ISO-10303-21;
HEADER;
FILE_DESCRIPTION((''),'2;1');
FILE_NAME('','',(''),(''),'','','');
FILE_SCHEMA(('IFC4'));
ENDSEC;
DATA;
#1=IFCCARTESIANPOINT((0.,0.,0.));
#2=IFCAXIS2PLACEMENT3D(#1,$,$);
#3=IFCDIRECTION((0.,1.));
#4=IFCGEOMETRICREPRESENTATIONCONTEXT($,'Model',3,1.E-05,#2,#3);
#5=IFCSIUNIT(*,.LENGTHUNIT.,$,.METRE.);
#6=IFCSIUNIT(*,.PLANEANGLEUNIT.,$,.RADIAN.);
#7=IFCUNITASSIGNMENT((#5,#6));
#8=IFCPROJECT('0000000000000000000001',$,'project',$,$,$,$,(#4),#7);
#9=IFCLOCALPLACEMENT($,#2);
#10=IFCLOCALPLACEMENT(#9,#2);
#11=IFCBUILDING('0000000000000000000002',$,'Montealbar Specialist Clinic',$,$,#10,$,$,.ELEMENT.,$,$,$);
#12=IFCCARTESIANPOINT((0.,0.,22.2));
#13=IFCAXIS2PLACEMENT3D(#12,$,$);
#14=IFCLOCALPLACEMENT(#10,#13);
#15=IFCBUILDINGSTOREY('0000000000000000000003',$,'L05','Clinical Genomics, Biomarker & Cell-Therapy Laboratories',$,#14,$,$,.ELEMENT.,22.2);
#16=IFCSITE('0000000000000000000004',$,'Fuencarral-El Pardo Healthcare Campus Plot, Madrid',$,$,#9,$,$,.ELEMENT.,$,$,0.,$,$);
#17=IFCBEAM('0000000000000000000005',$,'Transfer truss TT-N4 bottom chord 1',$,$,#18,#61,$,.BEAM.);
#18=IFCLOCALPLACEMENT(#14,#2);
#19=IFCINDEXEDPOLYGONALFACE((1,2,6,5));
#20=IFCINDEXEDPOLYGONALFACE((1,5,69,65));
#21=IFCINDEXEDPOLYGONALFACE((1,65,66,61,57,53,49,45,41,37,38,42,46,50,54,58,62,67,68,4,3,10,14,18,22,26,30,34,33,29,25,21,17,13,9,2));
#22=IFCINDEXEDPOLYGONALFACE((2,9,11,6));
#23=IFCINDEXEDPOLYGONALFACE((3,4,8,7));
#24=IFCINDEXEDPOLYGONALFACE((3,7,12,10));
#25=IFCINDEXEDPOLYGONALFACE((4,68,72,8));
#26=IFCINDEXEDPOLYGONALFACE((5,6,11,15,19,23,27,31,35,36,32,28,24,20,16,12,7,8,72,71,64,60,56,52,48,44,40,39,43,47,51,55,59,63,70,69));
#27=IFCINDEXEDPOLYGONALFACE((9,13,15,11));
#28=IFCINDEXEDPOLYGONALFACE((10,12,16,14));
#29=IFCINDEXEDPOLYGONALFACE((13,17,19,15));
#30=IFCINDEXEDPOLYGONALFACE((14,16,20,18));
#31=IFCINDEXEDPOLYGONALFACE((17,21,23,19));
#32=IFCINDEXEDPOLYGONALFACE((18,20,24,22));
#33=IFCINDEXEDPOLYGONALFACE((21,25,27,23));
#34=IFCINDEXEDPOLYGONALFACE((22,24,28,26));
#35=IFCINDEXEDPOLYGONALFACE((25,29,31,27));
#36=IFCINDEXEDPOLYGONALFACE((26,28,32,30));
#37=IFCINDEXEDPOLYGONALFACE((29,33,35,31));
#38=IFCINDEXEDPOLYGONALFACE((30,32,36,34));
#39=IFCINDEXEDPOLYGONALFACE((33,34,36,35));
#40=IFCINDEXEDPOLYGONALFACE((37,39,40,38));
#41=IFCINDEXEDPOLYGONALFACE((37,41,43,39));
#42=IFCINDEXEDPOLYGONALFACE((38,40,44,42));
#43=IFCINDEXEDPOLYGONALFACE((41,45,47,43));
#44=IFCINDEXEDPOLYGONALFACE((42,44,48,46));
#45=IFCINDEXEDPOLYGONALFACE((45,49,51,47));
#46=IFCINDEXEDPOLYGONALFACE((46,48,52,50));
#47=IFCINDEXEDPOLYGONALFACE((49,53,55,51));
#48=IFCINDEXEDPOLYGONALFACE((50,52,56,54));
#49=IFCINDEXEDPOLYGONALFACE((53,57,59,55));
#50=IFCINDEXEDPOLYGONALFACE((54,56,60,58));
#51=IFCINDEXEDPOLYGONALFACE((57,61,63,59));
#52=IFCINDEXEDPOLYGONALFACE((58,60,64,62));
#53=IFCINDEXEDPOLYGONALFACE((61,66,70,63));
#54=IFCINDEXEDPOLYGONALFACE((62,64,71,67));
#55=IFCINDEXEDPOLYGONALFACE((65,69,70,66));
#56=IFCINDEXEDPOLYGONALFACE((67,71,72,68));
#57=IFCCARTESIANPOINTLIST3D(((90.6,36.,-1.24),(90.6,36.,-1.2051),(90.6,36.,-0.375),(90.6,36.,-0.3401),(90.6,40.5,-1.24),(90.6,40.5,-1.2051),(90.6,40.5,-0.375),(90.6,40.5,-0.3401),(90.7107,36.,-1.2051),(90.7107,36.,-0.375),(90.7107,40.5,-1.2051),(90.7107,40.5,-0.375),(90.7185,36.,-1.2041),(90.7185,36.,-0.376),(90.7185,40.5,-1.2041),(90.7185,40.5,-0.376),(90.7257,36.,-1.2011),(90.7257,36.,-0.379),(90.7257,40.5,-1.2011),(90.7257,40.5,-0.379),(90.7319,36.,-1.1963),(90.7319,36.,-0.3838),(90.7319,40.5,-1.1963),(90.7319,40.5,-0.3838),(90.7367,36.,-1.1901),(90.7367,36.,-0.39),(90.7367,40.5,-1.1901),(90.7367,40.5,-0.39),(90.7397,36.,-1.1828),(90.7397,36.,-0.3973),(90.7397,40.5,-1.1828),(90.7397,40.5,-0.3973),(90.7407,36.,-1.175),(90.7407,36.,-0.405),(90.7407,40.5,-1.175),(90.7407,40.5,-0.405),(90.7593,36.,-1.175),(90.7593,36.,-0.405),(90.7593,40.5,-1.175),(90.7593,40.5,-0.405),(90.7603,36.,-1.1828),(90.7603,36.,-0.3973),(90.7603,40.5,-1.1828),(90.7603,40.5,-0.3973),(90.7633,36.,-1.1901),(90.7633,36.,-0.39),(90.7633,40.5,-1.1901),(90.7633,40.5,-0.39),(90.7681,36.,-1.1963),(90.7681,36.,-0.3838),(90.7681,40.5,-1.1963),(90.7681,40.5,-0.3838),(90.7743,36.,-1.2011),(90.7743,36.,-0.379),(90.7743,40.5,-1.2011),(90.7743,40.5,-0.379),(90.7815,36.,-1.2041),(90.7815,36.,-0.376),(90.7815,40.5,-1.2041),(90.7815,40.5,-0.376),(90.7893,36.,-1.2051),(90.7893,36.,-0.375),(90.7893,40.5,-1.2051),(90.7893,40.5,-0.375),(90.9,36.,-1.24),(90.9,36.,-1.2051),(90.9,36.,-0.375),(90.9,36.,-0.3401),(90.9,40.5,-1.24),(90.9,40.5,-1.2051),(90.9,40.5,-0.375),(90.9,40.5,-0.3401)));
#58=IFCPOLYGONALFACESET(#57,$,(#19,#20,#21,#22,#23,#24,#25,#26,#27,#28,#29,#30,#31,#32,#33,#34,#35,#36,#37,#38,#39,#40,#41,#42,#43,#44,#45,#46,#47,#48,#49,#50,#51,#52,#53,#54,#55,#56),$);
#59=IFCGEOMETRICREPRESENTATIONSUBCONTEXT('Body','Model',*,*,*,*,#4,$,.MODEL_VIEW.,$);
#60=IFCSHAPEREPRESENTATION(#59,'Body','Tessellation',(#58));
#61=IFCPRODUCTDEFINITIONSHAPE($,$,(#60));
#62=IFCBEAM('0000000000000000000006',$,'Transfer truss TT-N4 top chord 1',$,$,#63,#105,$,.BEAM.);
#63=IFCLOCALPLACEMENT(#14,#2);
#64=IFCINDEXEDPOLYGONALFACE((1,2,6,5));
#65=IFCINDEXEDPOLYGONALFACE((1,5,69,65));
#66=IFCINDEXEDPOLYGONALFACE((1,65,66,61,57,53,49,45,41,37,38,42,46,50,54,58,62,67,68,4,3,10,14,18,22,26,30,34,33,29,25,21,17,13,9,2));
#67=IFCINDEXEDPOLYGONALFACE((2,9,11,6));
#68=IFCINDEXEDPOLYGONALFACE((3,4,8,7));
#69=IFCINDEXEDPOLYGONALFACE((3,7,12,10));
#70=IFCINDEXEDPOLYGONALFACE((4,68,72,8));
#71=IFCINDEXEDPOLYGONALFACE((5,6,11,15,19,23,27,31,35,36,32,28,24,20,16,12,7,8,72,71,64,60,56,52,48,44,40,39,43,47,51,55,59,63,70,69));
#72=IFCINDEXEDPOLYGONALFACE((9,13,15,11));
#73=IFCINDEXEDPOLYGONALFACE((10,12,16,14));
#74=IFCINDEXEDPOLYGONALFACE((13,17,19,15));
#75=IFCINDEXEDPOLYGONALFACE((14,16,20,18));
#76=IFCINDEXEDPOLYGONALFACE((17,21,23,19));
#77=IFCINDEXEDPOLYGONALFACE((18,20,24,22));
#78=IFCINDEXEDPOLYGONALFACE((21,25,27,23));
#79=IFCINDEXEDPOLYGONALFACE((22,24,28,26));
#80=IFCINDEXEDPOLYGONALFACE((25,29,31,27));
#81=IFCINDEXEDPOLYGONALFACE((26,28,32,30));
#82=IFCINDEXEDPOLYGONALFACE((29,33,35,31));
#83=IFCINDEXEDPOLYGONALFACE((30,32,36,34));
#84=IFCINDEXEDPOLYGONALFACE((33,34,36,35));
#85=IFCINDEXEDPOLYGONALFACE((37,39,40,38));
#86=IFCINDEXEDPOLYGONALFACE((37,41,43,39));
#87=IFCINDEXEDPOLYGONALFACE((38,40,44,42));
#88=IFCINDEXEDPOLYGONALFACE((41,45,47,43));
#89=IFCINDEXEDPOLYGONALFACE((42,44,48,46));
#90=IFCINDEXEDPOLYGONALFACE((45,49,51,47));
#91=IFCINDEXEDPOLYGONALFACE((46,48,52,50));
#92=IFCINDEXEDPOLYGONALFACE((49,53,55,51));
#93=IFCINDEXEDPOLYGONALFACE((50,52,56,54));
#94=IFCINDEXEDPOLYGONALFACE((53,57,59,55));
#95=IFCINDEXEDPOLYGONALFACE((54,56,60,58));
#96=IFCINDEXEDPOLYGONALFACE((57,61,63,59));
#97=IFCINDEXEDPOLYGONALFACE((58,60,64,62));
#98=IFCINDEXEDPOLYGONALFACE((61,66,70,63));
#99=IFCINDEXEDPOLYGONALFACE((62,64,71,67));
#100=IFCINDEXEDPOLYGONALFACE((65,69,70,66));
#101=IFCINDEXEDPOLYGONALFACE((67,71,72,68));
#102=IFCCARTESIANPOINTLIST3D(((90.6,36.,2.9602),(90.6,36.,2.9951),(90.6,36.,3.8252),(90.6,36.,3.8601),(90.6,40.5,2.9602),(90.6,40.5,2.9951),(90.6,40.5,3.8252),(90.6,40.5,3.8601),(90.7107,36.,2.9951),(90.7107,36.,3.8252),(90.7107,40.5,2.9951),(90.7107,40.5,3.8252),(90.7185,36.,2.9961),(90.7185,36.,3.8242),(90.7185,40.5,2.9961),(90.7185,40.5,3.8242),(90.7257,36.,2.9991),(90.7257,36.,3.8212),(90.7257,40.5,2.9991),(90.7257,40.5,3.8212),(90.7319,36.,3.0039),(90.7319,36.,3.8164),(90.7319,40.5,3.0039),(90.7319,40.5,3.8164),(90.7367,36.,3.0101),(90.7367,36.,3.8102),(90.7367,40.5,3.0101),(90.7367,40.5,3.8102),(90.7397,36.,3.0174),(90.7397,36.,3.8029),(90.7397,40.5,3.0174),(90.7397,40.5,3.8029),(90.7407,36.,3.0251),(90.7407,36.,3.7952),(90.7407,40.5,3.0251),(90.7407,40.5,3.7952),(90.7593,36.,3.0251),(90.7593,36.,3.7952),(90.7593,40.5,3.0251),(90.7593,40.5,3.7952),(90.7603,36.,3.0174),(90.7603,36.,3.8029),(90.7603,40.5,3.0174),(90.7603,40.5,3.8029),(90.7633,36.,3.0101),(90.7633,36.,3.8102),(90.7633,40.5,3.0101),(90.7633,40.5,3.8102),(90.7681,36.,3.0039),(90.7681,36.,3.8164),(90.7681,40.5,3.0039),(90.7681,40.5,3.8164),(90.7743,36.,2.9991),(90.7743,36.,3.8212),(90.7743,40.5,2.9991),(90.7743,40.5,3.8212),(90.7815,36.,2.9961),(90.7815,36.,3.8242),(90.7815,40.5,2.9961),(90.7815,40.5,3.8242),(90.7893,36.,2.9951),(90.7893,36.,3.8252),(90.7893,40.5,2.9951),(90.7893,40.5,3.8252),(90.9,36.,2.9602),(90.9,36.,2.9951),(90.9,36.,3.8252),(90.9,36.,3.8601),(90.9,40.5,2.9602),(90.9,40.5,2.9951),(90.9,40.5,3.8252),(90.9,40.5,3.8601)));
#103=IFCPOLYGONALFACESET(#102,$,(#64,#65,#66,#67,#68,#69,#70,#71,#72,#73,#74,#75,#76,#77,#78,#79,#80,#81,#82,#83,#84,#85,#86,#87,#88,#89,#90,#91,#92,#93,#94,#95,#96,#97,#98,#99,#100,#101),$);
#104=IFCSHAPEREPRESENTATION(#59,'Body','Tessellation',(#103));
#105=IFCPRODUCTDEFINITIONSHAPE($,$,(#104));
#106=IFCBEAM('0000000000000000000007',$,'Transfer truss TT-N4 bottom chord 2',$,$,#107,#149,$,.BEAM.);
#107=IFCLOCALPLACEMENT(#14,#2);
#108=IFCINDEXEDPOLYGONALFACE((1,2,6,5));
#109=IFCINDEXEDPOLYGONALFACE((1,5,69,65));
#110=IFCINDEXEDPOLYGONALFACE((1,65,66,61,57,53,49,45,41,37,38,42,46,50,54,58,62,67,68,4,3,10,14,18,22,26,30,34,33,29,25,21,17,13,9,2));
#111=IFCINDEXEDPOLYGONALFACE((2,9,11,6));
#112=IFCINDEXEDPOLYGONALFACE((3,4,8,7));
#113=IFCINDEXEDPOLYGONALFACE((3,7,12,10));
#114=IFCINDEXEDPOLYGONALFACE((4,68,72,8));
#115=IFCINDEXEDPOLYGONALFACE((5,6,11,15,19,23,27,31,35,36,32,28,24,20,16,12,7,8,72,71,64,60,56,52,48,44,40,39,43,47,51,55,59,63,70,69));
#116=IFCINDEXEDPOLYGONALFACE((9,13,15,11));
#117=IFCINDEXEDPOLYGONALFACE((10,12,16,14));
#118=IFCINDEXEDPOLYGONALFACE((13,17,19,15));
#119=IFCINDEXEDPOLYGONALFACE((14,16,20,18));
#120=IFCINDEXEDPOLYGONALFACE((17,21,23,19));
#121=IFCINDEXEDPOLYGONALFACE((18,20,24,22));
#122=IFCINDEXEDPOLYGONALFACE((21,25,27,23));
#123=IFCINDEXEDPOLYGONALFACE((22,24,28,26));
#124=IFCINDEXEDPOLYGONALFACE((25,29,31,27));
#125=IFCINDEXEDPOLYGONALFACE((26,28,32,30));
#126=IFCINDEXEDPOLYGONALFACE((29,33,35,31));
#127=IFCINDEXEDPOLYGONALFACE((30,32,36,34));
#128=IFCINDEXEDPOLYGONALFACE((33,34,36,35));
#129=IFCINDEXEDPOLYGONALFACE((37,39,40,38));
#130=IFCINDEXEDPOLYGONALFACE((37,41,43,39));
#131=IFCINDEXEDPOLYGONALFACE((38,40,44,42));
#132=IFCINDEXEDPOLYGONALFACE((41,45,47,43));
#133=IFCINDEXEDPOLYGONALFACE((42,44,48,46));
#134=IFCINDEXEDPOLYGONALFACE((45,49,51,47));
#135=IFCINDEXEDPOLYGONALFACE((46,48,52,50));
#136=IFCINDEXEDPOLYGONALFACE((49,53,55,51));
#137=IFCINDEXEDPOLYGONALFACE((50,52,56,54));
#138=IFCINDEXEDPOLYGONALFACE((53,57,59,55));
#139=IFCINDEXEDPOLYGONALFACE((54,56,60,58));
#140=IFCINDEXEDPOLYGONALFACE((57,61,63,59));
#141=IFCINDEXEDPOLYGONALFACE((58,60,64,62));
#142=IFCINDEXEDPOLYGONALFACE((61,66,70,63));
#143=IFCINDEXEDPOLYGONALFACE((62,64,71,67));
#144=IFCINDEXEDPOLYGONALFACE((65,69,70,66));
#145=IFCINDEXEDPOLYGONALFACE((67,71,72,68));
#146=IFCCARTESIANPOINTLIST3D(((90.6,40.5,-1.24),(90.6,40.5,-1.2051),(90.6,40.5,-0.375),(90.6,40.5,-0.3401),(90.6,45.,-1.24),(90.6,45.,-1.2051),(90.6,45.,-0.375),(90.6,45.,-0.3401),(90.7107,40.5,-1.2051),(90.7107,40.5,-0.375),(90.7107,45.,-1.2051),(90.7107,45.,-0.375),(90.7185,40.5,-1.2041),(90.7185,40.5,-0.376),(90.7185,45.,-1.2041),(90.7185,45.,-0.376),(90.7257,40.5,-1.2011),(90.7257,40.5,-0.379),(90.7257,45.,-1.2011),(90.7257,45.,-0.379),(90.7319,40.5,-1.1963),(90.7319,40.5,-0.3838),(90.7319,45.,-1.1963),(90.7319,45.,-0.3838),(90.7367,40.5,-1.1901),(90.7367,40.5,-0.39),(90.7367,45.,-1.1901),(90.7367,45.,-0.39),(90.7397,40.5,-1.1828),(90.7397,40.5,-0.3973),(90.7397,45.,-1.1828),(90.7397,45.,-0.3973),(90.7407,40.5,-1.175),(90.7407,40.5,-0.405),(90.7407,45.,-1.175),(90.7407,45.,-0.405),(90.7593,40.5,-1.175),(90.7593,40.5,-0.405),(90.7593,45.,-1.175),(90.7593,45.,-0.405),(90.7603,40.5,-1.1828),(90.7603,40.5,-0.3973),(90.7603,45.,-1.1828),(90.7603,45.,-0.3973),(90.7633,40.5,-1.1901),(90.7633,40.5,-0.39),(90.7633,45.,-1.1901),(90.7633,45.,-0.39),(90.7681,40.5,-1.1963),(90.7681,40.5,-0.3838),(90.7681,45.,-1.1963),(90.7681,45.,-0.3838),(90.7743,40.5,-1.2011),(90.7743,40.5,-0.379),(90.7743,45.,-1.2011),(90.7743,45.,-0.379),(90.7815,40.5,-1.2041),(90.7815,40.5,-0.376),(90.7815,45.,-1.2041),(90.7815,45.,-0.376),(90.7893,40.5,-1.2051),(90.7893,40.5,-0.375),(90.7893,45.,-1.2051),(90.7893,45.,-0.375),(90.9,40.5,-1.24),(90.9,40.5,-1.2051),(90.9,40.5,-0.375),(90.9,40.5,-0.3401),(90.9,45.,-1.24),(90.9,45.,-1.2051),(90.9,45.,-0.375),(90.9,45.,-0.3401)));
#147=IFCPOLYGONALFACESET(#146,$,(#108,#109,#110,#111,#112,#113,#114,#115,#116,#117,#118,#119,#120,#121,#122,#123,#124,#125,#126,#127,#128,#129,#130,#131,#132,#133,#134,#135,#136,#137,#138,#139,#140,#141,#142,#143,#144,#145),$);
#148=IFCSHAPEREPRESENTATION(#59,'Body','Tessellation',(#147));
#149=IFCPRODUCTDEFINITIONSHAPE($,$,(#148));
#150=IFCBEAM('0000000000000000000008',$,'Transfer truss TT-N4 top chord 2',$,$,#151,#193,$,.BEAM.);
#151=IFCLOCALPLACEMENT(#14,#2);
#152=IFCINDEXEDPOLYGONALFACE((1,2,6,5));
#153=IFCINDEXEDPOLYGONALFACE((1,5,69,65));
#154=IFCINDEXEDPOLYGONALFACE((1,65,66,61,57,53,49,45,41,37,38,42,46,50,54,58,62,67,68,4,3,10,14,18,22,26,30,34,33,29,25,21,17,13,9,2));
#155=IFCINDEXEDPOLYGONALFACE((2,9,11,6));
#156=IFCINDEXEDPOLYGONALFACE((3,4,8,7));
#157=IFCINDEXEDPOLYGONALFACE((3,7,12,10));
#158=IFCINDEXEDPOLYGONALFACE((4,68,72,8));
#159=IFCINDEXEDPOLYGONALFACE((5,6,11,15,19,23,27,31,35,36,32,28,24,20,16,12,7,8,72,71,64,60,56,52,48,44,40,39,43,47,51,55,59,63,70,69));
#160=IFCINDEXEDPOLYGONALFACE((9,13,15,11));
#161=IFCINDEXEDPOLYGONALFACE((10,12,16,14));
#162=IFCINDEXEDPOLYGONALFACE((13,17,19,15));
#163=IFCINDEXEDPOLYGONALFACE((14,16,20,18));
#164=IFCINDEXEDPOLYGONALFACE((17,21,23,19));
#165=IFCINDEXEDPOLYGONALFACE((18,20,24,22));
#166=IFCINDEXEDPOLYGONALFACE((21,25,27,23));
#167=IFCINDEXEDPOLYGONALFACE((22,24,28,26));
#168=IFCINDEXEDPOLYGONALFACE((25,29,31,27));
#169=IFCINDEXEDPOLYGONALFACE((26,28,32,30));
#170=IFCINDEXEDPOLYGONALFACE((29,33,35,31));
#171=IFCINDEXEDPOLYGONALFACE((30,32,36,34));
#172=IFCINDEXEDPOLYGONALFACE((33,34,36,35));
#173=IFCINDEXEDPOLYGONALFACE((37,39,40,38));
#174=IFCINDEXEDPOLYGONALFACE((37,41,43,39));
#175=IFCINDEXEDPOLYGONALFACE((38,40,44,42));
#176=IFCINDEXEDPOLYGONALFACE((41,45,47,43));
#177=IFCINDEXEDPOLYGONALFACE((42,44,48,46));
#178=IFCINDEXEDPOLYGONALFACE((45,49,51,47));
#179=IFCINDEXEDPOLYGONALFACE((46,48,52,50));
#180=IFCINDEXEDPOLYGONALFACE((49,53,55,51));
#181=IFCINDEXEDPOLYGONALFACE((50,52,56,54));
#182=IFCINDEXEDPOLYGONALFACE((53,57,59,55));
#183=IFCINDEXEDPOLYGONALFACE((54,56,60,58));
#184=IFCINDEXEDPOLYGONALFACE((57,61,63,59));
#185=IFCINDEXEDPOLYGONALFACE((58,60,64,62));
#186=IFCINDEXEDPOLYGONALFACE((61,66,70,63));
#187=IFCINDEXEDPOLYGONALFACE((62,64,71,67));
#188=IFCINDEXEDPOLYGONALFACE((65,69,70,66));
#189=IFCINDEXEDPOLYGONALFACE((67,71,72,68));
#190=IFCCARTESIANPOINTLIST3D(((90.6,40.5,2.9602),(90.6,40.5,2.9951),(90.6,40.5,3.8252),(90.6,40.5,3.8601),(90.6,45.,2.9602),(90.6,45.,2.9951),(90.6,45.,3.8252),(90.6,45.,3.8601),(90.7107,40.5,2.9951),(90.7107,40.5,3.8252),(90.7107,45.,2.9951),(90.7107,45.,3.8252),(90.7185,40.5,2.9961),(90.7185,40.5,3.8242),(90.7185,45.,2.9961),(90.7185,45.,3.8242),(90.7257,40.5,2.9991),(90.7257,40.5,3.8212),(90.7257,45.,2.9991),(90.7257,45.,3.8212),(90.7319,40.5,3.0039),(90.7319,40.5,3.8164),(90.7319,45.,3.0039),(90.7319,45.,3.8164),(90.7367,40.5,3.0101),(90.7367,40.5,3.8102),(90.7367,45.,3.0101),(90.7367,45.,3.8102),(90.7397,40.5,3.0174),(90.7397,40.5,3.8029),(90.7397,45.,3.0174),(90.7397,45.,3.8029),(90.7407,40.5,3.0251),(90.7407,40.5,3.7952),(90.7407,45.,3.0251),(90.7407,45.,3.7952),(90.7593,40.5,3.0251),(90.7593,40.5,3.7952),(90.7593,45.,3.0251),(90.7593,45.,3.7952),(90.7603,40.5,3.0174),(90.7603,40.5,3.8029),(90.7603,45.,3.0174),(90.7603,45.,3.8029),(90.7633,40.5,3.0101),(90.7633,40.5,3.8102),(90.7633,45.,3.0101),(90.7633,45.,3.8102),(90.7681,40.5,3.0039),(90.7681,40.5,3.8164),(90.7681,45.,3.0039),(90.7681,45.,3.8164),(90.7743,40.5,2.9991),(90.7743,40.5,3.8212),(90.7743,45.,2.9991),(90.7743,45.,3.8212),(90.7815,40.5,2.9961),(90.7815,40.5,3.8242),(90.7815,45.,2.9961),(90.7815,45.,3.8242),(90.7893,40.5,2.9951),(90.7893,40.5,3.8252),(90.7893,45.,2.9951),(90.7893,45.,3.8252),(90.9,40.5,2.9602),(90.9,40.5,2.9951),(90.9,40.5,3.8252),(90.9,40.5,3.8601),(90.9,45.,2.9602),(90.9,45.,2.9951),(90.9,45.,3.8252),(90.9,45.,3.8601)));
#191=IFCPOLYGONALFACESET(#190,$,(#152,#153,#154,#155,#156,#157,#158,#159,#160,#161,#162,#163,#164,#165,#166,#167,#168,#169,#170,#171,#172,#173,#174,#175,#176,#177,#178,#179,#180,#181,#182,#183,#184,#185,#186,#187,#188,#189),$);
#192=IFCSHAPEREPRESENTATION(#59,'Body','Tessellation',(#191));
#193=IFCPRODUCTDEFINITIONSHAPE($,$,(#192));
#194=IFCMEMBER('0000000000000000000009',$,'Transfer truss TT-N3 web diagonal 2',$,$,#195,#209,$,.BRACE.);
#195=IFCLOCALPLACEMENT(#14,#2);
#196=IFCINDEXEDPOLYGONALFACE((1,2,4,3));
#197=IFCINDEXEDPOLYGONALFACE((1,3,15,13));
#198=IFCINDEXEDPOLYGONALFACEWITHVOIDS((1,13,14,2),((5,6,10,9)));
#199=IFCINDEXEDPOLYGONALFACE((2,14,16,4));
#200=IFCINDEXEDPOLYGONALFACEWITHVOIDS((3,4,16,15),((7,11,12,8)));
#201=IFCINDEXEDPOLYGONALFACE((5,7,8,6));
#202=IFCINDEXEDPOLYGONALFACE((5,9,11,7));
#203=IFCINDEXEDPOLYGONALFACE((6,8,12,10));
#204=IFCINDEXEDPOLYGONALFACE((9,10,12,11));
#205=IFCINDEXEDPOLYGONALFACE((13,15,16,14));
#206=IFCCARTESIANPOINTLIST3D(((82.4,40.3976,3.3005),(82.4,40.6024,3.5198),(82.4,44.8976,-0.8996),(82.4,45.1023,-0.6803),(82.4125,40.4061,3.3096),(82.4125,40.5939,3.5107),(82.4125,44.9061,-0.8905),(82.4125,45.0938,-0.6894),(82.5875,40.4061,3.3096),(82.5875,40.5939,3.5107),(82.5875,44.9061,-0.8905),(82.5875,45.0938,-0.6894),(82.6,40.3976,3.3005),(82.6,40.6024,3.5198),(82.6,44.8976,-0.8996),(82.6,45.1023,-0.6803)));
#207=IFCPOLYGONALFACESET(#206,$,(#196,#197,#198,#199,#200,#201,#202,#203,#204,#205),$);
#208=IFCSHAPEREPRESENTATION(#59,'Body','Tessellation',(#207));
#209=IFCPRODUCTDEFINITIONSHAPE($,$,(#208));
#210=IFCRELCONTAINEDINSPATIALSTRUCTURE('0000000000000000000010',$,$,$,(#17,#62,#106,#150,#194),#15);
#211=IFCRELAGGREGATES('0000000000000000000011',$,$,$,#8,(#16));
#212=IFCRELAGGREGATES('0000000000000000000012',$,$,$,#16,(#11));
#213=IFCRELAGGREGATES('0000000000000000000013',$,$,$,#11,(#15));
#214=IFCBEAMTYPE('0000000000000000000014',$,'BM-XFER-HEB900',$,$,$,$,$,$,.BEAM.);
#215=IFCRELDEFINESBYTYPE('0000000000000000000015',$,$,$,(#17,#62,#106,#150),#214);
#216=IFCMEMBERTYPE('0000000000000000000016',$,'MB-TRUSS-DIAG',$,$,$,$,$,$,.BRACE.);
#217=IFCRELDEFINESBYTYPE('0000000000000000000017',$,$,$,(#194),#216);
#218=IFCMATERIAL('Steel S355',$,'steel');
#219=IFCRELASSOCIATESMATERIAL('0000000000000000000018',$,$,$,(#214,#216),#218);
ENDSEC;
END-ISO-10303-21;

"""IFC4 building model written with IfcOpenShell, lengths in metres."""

from ifc_helpers import new_model, si_unit, direction, frame, origin, origin_2d, place, context, subcontext, project, spatial, hollow_rectangle, i_section, extrude, material, material_profile, profile_set, type_object, element, save


model = new_model("IFC4")

# Units and contexts
model_context = context("Model", 3, precision=1e-05, world=origin(), true_north=direction((0.0, 1.0)))
body_context = subcontext(model_context, "Body", "Model", "MODEL_VIEW")
ifc_project = project(units=[si_unit("LENGTHUNIT", "METRE"), si_unit("PLANEANGLEUNIT", "RADIAN")], contexts=[model_context])

# Site, building, storey
site_placement = place(None, origin())
site = spatial("IfcSite", under=ifc_project, at=site_placement, Name="Fuencarral-El Pardo Healthcare Campus Plot, Madrid", CompositionType="ELEMENT", RefElevation=0.0)
building_placement = place(site_placement, origin())
building = spatial("IfcBuilding", under=site, at=building_placement, Name="Montealbar Specialist Clinic", CompositionType="ELEMENT")
storey_placement = place(building_placement, frame((0.0, 0.0, 22.2)))
storey = spatial("IfcBuildingStorey", under=building, at=storey_placement, Name="L05", Description="Clinical Genomics, Biomarker & Cell-Therapy Laboratories", CompositionType="ELEMENT", Elevation=22.2)

# Shared definitions
ifc_material_1 = material(Name="Steel S355", Category="steel")

# Beams
ifc_material_profile_1 = material_profile(ifc_material_1, i_section(OverallWidth=0.3, OverallDepth=0.8999, WebThickness=0.0186, FlangeThickness=0.0349, FilletRadius=0.03, at=origin_2d()), Name="HEB 900", Category="steel")
ifc_profile_set_1 = profile_set([ifc_material_profile_1], Name="Steel S355")
beam_type_1 = type_object("IfcBeamType", Name="BM-XFER-HEB900", PredefinedType="BEAM", material=ifc_profile_set_1)
for number, where, z_axis, x_axis, name in (
    (1, (90.75, 36.0, -0.79), (0.0, 1.0, 0.0), (-1.0, 0.0, 0.0), "Transfer truss TT-N4 bottom chord 1"),
    (2, (90.75, 36.0, 3.4102), (0.0, 1.0, 0.0), (-1.0, 0.0, 0.0), "Transfer truss TT-N4 top chord 1"),
    (3, (90.75, 40.5, -0.79), (0.0, 1.0, 0.0), (-1.0, 0.0, 0.0), "Transfer truss TT-N4 bottom chord 2"),
    (4, (90.75, 40.5, 3.4102), (0.0, 1.0, 0.0), (-1.0, 0.0, 0.0), "Transfer truss TT-N4 top chord 2"),
):
    element("IfcBeam", number, at=place(storey_placement, frame(where, z_axis=z_axis, x_axis=x_axis)), inside=storey, type_object=beam_type_1, Name=name, PredefinedType="BEAM", context=body_context, shape_type="SweptSolid", body=[
        extrude(i_section(OverallWidth=0.3, OverallDepth=0.8999, WebThickness=0.0186, FlangeThickness=0.0349, FilletRadius=0.03, at=origin_2d()), origin(), (0.0, 0.0, 1.0), 4.5),
    ])

# Member
ifc_material_profile_2 = material_profile(ifc_material_1, hollow_rectangle(XDim=0.2, YDim=0.3, WallThickness=0.0125, at=origin_2d()), Name="RHS 300x200x12.5", Category="steel")
ifc_profile_set_2 = profile_set([ifc_material_profile_2], Name="Steel S355")
member_type_1 = type_object("IfcMemberType", Name="MB-TRUSS-DIAG", PredefinedType="BRACE", material=ifc_profile_set_2)
for number, where, z_axis, x_axis, name in (
    (5, (82.5, 40.5, 3.4102), (0.0, 0.731039, -0.682335), (-1.0, 0.0, 0.0), "Transfer truss TT-N3 web diagonal 2"),
):
    element("IfcMember", number, at=place(storey_placement, frame(where, z_axis=z_axis, x_axis=x_axis)), inside=storey, type_object=member_type_1, Name=name, PredefinedType="BRACE", context=body_context, shape_type="SweptSolid", body=[
        extrude(hollow_rectangle(XDim=0.2, YDim=0.3, WallThickness=0.0125, at=origin_2d()), origin(), (0.0, 0.0, 1.0), 6.1555),
    ])

save(model, "model.ifc")
